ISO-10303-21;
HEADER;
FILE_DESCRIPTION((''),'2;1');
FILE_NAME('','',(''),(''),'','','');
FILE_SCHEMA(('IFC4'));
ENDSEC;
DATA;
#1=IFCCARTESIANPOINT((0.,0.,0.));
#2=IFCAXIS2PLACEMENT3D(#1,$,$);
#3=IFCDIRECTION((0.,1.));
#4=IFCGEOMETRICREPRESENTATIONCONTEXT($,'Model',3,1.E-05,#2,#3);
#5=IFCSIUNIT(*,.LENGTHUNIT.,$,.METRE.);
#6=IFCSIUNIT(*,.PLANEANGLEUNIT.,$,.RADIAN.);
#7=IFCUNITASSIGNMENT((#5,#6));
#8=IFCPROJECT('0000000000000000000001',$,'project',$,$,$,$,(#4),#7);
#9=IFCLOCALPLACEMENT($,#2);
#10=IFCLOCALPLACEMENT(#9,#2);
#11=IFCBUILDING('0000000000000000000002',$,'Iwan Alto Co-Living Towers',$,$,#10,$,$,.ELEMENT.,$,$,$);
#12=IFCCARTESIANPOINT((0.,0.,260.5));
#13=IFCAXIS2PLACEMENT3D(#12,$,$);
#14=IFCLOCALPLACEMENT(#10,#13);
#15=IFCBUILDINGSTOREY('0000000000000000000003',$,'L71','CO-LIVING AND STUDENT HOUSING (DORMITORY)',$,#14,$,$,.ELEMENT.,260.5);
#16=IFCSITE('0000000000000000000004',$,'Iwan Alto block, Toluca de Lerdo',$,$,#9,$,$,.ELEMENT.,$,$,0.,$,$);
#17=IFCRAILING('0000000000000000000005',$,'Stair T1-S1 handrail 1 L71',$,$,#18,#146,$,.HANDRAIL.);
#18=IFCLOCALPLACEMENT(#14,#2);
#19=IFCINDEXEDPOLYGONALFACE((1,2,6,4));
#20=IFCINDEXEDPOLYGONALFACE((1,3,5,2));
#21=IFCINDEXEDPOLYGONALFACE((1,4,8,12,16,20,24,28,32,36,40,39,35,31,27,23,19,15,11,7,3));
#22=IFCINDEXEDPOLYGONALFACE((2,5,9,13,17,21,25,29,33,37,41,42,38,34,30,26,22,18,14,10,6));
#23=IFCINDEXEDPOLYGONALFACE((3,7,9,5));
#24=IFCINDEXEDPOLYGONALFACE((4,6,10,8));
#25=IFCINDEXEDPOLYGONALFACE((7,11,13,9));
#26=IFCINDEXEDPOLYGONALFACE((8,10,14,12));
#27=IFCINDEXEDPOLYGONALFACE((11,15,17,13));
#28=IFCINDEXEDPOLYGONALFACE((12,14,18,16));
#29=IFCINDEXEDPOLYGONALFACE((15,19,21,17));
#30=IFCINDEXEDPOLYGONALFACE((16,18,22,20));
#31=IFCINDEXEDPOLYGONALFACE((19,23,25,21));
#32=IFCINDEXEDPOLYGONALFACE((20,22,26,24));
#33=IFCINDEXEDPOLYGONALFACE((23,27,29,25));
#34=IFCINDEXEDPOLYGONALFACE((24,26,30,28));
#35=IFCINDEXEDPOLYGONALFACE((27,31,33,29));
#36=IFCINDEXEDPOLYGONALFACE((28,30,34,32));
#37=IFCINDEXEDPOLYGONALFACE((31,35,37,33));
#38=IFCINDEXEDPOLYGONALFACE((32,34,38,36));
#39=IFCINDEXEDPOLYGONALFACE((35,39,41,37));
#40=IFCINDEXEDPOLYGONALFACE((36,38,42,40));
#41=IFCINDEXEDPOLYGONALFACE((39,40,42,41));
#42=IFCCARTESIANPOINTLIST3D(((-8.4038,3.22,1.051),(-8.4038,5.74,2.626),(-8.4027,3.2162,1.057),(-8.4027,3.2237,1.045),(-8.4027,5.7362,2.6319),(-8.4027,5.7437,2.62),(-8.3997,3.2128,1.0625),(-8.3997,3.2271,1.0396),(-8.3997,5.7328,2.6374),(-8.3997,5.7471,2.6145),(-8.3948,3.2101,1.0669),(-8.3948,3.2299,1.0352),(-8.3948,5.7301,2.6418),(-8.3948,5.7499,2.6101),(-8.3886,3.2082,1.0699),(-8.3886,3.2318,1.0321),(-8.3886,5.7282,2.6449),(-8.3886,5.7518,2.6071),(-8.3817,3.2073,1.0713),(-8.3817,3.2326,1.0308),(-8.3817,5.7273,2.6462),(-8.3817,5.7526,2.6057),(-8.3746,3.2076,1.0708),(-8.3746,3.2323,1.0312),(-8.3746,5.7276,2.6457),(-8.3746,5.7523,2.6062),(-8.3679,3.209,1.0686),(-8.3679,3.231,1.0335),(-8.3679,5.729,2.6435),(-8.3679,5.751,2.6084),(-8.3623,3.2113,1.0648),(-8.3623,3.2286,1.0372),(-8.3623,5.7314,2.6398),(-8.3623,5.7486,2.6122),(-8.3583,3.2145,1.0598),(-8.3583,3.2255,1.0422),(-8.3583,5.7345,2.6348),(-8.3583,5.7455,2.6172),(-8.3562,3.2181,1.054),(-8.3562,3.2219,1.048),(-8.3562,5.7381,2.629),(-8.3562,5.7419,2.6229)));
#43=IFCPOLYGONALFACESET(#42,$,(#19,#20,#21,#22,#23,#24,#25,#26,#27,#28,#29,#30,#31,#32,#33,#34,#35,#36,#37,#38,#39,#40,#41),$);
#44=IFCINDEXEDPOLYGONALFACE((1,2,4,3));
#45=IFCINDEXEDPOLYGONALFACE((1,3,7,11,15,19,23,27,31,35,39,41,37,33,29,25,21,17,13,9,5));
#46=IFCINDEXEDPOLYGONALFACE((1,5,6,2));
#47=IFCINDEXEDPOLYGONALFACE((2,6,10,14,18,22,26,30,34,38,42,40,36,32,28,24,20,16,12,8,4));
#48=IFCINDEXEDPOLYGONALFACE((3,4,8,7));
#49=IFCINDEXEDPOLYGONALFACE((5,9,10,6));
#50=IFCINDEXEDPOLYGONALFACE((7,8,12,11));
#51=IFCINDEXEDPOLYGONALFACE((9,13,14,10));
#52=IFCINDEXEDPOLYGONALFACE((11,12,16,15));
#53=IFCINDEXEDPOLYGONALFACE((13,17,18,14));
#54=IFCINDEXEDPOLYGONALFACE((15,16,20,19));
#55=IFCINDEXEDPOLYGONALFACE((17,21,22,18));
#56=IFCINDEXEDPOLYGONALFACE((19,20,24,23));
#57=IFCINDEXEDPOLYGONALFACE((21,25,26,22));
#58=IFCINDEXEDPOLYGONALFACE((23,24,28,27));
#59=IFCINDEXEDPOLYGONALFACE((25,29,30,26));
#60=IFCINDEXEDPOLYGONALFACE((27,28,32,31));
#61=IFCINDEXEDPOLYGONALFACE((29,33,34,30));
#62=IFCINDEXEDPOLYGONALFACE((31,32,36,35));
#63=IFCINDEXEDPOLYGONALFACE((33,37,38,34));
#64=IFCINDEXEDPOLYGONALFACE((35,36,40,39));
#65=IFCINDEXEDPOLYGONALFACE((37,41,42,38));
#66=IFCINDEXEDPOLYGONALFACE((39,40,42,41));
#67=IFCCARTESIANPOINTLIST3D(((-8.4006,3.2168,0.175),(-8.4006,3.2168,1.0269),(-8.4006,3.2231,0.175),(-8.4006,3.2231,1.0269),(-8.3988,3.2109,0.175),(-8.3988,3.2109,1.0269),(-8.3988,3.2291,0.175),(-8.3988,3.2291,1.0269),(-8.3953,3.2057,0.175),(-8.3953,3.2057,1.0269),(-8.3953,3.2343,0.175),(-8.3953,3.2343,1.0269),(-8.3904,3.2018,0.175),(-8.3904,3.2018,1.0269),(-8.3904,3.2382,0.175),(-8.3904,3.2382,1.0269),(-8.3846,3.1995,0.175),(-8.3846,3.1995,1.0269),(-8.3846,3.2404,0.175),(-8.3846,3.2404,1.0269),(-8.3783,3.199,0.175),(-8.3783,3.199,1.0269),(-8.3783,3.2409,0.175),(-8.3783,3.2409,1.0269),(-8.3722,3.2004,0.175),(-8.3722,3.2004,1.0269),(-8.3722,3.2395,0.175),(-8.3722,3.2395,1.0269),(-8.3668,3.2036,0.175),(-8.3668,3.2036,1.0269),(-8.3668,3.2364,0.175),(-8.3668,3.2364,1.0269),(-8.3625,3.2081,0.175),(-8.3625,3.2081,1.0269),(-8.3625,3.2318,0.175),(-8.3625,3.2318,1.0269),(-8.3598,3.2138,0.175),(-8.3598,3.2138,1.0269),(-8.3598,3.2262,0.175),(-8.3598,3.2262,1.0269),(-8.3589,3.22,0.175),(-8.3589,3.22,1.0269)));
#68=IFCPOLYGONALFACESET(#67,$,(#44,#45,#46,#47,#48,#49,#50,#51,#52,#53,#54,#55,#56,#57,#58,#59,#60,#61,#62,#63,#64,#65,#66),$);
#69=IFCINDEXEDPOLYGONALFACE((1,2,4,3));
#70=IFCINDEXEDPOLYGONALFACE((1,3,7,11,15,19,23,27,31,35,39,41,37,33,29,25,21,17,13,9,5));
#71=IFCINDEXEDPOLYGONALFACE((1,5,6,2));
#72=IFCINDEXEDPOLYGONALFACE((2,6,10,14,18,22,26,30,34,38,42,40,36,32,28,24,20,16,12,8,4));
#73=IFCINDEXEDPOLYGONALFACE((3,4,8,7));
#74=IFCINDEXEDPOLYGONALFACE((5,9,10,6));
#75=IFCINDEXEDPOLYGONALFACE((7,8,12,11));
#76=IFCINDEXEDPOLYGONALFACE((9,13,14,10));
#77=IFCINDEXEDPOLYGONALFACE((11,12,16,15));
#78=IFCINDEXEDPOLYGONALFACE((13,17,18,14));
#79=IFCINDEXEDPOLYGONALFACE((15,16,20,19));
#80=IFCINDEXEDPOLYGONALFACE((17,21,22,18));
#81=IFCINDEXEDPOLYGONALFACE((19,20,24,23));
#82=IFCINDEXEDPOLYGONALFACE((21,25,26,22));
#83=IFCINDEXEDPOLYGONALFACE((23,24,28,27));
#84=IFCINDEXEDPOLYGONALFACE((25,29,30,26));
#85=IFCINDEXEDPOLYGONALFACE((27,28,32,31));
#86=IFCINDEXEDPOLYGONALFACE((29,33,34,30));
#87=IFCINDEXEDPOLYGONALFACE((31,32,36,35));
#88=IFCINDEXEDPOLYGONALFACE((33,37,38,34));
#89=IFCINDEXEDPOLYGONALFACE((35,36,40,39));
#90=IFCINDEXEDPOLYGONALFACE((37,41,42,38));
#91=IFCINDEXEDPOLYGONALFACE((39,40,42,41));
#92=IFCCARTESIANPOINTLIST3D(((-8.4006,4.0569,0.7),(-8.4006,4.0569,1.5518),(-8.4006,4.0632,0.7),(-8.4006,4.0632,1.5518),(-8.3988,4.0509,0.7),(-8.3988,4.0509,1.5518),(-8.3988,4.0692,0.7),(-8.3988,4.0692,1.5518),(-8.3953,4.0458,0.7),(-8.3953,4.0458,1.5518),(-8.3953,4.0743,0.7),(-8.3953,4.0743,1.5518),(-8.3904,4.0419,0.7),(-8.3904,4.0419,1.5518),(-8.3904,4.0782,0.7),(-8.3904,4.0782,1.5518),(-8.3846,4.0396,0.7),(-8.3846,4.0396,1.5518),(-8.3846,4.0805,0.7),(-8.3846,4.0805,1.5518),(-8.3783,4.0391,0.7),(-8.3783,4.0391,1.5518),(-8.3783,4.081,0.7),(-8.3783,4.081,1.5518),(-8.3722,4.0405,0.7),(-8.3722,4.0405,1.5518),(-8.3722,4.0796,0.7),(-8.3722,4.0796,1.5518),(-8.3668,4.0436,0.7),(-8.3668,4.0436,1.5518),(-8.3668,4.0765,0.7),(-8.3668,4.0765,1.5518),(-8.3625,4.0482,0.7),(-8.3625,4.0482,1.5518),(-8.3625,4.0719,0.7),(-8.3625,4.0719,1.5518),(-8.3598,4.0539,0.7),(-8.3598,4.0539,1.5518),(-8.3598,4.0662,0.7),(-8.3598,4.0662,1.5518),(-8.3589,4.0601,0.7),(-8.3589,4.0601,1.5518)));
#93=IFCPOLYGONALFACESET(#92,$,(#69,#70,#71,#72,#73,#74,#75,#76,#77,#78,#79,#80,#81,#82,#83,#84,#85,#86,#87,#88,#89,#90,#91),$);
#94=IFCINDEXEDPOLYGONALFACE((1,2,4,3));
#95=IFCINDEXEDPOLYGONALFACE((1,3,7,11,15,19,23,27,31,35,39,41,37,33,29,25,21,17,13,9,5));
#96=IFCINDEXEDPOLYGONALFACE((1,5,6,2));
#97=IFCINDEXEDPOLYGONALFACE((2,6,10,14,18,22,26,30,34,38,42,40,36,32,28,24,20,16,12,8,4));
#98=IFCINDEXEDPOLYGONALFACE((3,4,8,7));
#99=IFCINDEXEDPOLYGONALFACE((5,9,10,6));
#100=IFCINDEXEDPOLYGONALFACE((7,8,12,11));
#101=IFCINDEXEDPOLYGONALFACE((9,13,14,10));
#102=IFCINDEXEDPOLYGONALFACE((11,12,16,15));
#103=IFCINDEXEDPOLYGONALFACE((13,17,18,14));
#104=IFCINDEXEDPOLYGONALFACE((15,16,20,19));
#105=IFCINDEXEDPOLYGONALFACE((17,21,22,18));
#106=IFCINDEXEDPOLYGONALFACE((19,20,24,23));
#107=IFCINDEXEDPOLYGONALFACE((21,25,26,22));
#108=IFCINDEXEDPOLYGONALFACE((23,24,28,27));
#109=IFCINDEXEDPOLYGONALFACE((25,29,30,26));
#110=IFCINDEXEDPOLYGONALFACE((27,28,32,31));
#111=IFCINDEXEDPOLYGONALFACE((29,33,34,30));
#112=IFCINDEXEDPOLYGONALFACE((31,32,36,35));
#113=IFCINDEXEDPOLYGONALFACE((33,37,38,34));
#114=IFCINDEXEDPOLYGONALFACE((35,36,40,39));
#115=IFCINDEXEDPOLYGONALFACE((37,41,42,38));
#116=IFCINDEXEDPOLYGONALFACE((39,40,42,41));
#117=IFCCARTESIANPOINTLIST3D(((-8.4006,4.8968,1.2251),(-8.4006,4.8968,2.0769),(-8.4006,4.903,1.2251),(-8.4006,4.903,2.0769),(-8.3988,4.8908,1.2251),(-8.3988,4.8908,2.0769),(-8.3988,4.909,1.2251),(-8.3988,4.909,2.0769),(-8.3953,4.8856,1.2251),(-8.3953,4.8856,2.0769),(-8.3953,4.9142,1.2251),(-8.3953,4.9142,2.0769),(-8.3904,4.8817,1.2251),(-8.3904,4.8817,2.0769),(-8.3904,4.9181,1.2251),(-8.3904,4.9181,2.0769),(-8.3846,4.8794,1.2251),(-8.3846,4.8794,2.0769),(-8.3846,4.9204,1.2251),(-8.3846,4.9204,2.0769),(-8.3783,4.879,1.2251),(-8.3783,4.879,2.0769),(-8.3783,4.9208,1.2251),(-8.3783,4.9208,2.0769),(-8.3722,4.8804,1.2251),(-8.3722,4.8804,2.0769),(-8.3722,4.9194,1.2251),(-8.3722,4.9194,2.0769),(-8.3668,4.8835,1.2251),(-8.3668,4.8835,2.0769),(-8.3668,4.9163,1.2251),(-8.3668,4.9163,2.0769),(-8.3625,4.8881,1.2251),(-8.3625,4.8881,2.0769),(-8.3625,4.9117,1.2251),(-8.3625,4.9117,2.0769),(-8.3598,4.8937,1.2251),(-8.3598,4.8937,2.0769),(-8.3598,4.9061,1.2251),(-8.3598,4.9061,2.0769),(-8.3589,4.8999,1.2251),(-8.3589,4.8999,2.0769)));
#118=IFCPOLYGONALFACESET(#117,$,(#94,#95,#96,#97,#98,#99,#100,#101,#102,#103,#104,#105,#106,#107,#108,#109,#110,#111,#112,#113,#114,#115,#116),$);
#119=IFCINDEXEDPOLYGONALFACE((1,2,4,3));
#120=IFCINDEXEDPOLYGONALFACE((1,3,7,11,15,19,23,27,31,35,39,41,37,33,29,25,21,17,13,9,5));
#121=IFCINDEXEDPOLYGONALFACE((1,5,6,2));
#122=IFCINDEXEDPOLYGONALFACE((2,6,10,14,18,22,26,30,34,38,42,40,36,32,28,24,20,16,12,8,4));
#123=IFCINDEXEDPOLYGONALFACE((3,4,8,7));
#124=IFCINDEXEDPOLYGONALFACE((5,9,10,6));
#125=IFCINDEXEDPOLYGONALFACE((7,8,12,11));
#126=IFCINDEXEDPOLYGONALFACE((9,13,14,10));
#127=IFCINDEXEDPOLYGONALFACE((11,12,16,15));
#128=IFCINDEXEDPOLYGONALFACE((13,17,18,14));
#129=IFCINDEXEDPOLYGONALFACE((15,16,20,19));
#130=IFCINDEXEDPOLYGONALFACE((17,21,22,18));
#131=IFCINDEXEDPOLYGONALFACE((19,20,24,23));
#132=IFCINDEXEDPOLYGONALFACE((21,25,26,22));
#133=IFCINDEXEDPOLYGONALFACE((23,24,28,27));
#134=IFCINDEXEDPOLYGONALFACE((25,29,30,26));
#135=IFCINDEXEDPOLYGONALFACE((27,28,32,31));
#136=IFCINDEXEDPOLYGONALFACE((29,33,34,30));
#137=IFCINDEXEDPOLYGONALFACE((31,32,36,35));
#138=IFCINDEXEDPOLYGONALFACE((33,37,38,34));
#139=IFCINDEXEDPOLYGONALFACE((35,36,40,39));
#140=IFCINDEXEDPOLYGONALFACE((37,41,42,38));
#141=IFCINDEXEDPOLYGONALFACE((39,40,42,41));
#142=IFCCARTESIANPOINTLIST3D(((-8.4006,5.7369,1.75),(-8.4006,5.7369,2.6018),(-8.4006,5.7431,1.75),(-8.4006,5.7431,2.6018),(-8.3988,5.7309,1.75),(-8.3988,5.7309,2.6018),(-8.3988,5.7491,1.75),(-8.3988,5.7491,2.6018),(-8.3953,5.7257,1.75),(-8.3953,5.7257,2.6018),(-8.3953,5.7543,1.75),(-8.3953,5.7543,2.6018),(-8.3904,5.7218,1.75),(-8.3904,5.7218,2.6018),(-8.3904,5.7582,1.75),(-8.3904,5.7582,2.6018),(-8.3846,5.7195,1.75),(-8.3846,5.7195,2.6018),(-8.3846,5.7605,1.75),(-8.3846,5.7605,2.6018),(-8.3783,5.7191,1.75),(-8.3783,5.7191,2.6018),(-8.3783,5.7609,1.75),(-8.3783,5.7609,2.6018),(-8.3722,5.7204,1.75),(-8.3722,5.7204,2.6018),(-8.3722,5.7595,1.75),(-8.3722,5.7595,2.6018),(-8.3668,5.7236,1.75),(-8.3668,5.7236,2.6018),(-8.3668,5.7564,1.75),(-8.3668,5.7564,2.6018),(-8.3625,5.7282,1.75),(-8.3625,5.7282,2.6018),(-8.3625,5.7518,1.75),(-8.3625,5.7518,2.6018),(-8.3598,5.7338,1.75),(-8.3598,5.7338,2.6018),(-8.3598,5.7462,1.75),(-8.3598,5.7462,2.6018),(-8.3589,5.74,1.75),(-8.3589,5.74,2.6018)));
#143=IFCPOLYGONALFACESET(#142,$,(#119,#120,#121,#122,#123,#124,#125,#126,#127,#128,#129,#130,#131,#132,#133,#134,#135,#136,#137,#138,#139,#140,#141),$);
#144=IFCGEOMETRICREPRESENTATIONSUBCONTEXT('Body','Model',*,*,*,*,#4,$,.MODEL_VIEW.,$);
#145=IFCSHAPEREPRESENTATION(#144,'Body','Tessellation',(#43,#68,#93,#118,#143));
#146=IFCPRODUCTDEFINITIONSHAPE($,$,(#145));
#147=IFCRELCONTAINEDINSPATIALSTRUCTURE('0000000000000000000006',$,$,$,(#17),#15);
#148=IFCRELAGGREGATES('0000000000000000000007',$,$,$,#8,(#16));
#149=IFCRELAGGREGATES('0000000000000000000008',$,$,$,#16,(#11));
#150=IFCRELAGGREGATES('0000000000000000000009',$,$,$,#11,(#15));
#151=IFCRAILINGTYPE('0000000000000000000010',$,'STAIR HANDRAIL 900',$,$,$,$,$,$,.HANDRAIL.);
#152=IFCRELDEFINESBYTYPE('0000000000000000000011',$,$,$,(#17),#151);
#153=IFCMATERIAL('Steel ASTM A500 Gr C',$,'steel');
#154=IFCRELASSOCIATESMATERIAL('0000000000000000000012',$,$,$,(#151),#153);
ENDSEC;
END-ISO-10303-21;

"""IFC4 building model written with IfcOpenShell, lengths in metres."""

from ifc_helpers import new_model, si_unit, direction, frame, origin, origin_2d, place, context, subcontext, project, spatial, circle, extrude, material, type_object, element, save


model = new_model("IFC4")

# Units and contexts
model_context = context("Model", 3, precision=1e-05, world=origin(), true_north=direction((0.0, 1.0)))
body_context = subcontext(model_context, "Body", "Model", "MODEL_VIEW")
ifc_project = project(units=[si_unit("LENGTHUNIT", "METRE"), si_unit("PLANEANGLEUNIT", "RADIAN")], contexts=[model_context])

# Site, building, storey
site_placement = place(None, origin())
site = spatial("IfcSite", under=ifc_project, at=site_placement, Name="Iwan Alto block, Toluca de Lerdo", CompositionType="ELEMENT", RefElevation=0.0)
building_placement = place(site_placement, origin())
building = spatial("IfcBuilding", under=site, at=building_placement, Name="Iwan Alto Co-Living Towers", CompositionType="ELEMENT")
storey_placement = place(building_placement, frame((0.0, 0.0, 260.5)))
storey = spatial("IfcBuildingStorey", under=building, at=storey_placement, Name="L71", Description="CO-LIVING AND STUDENT HOUSING (DORMITORY)", CompositionType="ELEMENT", Elevation=260.5)

# Railing
ifc_material_1 = material(Name="Steel ASTM A500 Gr C", Category="steel")
railing_type_1 = type_object("IfcRailingType", Name="STAIR HANDRAIL 900", PredefinedType="HANDRAIL", material=ifc_material_1)
railing_1_placement = place(storey_placement, frame((-8.3799, 3.22, 0.175)))
element("IfcRailing", 1, at=railing_1_placement, inside=storey, type_object=railing_type_1, Name="Stair T1-S1 handrail 1 L71", PredefinedType="HANDRAIL", context=body_context, shape_type="SweptSolid", body=[
    extrude(circle(Radius=0.0239, at=origin_2d()), frame((0.0, 0.0, 0.876), z_axis=(0.0, 0.848008, 0.529984), x_axis=(-1.0, 0.0, 0.0)), (0.0, 0.0, 1.0), 2.9717),
    extrude(circle(Radius=0.021, at=origin_2d()), origin(), (0.0, 0.0, 1.0), 0.8518),
    extrude(circle(Radius=0.021, at=origin_2d()), frame((0.0, 0.8401, 0.5249)), (0.0, 0.0, 1.0), 0.8518),
    extrude(circle(Radius=0.021, at=origin_2d()), frame((0.0, 1.6799, 1.05)), (0.0, 0.0, 1.0), 0.8518),
    extrude(circle(Radius=0.021, at=origin_2d()), frame((0.0, 2.52, 1.575)), (0.0, 0.0, 1.0), 0.8518),
])

save(model, "model.ifc")
